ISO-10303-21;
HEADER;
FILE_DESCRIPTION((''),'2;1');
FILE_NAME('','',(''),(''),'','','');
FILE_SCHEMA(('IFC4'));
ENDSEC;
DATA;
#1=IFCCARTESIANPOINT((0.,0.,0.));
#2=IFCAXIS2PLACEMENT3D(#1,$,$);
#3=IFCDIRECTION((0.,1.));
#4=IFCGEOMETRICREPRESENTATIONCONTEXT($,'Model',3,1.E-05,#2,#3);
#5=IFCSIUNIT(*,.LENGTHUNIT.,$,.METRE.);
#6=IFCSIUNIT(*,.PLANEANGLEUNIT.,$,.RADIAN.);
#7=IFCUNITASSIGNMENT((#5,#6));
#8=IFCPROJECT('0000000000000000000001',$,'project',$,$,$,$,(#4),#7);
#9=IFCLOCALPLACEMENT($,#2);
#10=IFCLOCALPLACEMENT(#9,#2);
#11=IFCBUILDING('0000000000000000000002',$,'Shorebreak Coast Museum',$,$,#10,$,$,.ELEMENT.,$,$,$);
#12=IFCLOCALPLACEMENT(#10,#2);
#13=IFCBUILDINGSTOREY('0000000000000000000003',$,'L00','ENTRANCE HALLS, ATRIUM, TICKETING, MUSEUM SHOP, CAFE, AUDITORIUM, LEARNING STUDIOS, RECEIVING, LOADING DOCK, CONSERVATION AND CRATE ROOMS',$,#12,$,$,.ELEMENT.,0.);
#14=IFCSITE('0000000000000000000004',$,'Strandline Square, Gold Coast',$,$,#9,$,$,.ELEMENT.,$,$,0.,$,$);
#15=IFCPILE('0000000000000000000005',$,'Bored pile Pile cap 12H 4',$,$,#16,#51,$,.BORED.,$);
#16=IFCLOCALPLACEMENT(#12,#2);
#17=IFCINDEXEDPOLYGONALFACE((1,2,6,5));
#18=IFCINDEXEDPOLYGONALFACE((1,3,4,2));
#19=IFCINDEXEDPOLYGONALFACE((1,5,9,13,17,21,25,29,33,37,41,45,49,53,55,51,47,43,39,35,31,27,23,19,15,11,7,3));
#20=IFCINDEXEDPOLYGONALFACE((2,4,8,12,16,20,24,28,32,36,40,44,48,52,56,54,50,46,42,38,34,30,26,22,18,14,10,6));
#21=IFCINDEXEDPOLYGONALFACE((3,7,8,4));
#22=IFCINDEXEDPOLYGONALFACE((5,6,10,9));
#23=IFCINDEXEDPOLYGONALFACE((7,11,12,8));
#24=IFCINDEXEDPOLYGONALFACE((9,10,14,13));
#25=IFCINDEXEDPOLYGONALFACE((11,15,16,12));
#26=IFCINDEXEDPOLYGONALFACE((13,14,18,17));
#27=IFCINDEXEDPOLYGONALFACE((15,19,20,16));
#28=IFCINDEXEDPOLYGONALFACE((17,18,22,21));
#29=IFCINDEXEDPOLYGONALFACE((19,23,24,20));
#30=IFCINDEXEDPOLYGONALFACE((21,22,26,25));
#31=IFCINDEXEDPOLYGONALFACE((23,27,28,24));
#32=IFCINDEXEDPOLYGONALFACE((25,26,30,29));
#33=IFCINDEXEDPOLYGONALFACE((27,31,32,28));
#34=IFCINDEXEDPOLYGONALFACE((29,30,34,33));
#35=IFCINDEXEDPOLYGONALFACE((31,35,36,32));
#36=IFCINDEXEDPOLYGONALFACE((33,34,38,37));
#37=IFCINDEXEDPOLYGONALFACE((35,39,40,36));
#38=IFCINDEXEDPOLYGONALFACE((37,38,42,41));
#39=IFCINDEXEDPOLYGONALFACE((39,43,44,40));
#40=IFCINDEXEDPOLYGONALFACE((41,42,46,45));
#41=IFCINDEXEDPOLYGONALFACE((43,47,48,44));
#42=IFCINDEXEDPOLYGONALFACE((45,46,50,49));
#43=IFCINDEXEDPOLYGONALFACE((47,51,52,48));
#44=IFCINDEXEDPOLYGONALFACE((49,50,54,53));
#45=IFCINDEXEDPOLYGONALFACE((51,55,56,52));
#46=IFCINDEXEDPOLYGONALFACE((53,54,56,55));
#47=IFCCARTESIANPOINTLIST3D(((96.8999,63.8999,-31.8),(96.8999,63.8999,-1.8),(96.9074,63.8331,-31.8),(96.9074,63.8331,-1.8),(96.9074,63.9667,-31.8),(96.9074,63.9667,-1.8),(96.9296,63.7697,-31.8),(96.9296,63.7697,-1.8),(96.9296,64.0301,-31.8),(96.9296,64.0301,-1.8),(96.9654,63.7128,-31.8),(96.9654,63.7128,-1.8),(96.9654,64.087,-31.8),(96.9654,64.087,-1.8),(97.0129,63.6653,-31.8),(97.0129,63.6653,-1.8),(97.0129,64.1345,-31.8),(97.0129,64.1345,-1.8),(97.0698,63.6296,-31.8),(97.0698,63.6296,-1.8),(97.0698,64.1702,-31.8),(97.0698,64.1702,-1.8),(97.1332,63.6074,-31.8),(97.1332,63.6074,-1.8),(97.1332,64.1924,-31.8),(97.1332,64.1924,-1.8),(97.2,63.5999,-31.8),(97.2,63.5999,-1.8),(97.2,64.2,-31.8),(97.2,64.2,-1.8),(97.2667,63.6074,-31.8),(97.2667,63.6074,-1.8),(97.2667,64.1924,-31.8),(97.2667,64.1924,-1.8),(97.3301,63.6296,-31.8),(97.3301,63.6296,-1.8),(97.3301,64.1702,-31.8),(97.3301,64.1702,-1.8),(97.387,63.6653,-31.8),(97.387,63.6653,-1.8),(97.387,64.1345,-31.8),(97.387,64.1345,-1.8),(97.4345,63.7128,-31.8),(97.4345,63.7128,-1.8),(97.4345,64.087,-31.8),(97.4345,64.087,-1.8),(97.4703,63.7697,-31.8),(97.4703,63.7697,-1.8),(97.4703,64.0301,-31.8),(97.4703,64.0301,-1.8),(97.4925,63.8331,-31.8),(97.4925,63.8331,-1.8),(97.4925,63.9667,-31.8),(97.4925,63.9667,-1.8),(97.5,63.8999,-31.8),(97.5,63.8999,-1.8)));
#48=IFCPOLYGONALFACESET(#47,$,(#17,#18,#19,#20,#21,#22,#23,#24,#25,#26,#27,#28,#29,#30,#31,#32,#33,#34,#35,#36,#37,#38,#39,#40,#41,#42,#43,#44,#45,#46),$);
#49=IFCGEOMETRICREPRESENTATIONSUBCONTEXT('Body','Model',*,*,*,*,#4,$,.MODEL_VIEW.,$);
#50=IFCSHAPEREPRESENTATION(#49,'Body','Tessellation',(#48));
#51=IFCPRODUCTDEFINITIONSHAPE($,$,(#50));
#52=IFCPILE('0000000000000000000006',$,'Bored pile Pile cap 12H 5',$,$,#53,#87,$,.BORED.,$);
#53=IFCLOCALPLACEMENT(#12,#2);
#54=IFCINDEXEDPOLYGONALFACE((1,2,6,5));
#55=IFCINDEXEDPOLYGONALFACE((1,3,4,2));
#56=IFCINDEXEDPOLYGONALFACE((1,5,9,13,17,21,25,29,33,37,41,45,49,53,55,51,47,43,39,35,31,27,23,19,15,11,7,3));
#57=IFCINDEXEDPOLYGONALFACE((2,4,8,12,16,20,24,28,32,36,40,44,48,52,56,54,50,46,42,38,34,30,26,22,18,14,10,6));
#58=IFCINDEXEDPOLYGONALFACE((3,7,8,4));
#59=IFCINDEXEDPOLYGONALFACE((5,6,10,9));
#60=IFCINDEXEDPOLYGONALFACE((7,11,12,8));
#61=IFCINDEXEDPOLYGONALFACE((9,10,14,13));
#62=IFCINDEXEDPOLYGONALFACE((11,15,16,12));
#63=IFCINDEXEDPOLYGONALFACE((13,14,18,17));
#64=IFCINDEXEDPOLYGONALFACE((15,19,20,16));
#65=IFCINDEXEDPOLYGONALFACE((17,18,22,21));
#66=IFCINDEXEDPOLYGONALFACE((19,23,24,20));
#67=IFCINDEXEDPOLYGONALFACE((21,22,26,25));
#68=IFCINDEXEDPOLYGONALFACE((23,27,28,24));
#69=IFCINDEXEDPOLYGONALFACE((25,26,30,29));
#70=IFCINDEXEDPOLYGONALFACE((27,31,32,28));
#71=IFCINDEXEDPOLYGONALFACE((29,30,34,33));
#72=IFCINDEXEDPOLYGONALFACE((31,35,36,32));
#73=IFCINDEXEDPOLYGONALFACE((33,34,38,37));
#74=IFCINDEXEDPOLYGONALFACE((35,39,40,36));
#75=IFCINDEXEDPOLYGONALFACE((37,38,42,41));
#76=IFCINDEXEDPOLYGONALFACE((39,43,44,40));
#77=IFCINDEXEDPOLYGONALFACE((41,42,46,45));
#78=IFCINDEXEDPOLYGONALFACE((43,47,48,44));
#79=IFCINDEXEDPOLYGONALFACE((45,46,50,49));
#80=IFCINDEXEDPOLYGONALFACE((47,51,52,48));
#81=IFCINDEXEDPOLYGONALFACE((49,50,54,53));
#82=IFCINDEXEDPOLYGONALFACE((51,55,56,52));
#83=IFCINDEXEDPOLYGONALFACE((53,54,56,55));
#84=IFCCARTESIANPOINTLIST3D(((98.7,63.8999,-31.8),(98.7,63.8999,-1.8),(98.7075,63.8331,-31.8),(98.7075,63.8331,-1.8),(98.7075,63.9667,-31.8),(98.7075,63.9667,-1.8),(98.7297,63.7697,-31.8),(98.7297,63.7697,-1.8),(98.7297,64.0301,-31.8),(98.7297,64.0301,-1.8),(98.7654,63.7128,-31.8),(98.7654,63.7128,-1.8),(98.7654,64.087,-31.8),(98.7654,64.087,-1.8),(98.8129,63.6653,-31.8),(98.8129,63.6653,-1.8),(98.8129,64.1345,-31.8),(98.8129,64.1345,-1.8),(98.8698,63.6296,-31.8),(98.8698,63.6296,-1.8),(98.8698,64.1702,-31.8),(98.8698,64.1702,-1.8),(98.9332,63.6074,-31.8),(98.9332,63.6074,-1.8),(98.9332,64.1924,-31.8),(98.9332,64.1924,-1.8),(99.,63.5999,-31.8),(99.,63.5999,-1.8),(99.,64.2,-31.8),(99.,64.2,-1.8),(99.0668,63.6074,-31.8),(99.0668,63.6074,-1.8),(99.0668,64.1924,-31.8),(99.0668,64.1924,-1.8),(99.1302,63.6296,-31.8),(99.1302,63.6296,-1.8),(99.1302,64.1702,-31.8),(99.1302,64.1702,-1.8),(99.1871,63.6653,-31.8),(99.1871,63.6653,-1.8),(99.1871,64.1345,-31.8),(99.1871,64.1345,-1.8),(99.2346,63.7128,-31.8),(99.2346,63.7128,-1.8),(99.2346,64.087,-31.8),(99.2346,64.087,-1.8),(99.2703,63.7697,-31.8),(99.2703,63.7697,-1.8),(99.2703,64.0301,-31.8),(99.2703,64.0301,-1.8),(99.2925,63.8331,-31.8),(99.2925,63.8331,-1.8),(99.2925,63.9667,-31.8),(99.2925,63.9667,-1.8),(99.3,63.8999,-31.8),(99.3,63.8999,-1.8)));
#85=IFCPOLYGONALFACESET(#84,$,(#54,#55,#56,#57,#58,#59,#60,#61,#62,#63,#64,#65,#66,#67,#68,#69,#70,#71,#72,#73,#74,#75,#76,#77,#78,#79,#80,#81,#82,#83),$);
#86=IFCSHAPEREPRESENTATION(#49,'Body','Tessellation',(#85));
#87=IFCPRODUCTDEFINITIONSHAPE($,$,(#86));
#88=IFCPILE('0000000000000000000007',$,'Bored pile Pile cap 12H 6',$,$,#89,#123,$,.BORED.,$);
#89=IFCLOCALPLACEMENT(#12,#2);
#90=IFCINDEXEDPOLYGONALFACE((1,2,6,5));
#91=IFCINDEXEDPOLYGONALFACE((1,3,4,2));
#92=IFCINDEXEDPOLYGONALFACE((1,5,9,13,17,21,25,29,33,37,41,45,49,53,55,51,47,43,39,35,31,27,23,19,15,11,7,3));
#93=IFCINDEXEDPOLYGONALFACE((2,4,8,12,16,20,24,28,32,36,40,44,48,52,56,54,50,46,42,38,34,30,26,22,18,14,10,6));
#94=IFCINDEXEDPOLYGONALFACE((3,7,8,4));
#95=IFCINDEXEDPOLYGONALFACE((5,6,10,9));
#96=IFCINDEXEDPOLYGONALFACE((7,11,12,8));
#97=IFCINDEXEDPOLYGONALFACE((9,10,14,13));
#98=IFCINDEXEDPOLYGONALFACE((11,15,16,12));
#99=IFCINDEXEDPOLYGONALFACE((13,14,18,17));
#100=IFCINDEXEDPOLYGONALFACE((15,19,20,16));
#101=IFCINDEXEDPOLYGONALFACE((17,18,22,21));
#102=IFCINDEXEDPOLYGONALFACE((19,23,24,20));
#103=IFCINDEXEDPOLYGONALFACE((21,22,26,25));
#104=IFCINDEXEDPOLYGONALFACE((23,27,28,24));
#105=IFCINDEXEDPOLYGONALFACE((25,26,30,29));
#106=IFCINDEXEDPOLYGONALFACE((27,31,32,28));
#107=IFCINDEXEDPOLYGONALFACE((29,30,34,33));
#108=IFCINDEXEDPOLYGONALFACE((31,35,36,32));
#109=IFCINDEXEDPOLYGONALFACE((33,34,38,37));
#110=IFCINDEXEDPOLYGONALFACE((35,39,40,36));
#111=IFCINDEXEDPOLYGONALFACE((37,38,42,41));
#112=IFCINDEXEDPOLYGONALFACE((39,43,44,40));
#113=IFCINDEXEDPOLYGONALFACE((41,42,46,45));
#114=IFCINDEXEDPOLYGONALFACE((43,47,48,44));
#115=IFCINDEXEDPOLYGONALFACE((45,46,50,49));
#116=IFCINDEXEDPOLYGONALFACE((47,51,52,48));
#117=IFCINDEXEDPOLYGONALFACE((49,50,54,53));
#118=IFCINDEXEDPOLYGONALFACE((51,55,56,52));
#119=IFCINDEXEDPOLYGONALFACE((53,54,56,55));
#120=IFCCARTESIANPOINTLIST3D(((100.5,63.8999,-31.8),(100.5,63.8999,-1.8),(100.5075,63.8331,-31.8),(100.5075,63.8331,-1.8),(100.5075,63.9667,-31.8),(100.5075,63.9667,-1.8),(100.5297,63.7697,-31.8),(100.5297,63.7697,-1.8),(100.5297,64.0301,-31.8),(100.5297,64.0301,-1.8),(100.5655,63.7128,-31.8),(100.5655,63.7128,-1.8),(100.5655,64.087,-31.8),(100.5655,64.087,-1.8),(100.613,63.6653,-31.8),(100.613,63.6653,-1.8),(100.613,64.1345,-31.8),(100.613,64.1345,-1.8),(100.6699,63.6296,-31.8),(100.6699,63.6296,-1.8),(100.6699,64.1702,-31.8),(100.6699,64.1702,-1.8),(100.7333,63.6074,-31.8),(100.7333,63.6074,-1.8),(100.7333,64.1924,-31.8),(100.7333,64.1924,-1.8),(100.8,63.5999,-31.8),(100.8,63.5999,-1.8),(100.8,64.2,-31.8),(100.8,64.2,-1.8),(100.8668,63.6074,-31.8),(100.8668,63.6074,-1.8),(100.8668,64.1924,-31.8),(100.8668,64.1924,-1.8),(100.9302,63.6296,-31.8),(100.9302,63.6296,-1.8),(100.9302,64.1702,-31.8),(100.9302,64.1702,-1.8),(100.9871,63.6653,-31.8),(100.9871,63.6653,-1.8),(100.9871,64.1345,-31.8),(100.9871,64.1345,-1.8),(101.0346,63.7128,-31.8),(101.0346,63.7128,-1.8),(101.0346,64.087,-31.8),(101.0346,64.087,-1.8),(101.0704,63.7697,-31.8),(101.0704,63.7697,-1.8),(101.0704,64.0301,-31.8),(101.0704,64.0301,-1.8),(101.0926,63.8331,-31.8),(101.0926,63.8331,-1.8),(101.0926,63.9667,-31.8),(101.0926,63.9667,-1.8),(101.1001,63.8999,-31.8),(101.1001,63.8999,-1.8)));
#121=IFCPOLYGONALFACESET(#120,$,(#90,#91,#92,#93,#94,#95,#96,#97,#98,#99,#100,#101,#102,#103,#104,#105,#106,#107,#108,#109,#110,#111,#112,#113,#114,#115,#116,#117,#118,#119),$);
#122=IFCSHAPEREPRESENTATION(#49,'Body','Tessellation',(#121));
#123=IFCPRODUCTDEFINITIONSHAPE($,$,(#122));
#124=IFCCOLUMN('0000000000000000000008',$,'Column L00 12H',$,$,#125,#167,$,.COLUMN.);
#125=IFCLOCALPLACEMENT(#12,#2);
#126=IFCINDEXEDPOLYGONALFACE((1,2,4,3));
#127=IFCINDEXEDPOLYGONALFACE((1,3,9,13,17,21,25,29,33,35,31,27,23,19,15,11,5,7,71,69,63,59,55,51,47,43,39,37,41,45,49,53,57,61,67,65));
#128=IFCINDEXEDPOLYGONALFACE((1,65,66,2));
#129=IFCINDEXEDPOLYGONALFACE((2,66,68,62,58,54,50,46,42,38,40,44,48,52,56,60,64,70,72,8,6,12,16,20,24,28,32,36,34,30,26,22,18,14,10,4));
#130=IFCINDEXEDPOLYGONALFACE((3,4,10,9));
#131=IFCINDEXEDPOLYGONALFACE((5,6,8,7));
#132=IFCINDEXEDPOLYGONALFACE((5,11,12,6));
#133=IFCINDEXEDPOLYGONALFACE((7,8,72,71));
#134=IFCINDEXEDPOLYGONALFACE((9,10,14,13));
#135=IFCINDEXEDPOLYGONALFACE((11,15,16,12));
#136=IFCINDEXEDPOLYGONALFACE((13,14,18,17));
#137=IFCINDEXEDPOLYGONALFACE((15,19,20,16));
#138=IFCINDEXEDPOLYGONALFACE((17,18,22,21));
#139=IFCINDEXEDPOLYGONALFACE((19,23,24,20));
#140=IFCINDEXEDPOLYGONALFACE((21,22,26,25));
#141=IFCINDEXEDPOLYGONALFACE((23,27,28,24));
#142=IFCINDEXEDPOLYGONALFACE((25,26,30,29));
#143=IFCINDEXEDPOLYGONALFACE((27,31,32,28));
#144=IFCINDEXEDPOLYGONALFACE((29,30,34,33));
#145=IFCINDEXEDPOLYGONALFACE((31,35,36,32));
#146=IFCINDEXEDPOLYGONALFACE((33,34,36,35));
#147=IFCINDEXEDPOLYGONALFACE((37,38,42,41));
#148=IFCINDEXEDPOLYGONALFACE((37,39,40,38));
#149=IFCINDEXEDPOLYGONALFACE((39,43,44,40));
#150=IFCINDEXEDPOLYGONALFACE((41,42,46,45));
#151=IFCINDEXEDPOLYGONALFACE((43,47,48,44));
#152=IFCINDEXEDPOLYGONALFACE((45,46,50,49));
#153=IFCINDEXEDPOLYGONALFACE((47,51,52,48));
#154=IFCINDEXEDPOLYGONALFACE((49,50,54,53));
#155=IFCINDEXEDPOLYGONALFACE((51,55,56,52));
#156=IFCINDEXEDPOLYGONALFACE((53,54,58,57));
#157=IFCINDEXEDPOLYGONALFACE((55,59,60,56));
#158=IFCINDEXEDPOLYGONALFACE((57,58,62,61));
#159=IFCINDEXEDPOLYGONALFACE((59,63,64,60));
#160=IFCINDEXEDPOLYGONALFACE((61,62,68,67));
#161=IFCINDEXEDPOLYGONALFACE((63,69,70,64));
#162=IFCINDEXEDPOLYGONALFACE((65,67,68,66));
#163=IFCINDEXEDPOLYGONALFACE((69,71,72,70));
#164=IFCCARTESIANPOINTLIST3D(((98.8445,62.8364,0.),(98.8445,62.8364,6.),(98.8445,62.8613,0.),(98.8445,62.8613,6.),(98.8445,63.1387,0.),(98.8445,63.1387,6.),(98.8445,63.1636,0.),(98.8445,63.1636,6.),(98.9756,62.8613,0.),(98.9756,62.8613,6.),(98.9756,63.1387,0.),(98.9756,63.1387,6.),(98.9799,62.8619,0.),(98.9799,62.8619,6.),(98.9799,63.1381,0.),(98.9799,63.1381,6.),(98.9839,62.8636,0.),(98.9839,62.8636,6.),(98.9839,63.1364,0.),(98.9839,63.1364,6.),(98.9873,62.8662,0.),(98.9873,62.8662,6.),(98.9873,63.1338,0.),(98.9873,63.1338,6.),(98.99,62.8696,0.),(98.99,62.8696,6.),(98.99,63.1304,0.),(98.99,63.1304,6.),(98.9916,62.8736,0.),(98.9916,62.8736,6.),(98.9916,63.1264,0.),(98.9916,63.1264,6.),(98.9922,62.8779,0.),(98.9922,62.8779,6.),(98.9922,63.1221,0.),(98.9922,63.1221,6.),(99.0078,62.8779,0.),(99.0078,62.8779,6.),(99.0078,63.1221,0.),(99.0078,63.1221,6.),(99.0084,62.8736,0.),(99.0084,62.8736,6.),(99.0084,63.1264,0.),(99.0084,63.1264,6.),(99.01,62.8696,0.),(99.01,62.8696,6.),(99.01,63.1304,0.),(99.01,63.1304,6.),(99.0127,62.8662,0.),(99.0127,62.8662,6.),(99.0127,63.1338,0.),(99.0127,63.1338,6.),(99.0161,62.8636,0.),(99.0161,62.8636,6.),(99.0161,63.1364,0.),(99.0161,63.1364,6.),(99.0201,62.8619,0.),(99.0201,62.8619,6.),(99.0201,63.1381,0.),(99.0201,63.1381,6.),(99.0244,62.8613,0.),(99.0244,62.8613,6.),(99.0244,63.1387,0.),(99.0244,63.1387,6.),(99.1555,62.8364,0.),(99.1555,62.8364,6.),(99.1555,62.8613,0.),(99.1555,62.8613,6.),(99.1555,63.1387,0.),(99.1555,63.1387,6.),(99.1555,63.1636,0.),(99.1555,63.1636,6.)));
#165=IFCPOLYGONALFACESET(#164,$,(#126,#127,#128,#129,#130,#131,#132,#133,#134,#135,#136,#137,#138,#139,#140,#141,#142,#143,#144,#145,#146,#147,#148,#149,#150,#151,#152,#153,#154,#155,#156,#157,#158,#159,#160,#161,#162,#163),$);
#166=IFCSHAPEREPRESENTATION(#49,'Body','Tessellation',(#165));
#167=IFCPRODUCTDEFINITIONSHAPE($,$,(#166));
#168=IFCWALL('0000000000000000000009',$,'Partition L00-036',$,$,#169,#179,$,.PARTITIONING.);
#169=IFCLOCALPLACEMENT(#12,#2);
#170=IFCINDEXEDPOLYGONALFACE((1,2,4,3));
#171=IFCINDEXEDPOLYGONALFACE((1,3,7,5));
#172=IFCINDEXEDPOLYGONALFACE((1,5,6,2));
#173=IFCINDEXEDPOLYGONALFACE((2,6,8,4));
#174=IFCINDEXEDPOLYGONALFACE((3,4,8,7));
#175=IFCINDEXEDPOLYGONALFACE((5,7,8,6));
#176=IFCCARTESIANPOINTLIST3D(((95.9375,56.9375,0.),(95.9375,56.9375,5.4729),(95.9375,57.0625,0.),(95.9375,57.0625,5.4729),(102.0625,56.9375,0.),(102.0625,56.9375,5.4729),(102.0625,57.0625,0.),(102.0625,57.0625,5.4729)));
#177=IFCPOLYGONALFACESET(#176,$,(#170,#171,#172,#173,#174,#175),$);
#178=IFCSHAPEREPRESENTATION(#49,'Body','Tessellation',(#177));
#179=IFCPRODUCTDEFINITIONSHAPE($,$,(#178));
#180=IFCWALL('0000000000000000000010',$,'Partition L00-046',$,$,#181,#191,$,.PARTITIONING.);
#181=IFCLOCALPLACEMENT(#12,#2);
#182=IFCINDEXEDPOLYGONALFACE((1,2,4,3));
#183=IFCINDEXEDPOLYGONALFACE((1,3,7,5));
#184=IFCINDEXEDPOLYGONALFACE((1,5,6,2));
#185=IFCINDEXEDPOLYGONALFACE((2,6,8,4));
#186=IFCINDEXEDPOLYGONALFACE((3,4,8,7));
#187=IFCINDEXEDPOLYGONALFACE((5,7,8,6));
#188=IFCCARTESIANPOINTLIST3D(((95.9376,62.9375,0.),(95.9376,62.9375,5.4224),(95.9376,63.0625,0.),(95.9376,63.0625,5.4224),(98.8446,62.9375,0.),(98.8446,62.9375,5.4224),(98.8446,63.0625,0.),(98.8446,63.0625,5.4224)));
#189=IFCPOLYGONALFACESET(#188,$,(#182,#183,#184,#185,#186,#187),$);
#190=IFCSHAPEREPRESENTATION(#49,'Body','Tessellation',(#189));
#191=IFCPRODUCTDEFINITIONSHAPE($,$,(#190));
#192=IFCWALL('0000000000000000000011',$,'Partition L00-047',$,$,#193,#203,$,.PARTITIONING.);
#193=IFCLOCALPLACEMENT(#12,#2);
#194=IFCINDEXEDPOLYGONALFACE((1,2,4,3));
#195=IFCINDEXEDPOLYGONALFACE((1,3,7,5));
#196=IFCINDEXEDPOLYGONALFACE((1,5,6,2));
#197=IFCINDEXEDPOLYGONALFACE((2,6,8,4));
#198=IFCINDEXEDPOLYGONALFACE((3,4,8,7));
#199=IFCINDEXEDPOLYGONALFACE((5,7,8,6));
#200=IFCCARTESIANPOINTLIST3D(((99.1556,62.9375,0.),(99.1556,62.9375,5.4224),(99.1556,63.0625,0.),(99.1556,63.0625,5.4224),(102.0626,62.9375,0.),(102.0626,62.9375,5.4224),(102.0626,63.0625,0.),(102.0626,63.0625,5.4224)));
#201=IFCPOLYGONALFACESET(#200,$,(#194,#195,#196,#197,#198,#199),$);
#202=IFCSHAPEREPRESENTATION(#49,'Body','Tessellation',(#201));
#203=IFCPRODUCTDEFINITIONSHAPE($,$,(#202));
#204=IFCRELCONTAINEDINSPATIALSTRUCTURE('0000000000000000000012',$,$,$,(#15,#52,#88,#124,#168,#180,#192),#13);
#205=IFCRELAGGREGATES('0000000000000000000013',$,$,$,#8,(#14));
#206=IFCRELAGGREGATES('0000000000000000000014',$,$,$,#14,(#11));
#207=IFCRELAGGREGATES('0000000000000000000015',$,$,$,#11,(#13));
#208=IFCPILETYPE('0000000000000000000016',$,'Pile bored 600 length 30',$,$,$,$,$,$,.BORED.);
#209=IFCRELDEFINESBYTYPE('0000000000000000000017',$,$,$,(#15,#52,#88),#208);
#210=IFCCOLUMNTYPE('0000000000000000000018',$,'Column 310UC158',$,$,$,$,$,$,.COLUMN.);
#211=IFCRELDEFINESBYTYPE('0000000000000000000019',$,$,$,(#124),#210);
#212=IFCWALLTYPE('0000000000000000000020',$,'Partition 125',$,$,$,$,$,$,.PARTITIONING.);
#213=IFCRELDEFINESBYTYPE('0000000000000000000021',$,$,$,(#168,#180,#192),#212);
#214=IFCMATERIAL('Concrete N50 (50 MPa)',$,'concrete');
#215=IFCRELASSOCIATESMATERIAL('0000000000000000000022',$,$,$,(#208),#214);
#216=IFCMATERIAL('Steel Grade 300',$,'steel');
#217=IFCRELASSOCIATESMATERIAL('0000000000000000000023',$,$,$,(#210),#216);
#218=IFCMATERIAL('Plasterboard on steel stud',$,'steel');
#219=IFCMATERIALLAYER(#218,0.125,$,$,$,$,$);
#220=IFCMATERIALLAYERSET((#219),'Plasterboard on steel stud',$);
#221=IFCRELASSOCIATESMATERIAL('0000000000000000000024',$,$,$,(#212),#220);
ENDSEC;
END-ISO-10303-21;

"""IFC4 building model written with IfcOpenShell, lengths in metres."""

from ifc_helpers import new_model, si_unit, direction, frame, frame_2d, origin, origin_2d, place, context, subcontext, project, spatial, rectangle, circle, i_section, extrude, material, layer, layer_set, material_profile, profile_set, type_object, element, save


model = new_model("IFC4")

# Units and contexts
model_context = context("Model", 3, precision=1e-05, world=origin(), true_north=direction((0.0, 1.0)))
body_context = subcontext(model_context, "Body", "Model", "MODEL_VIEW")
ifc_project = project(units=[si_unit("LENGTHUNIT", "METRE"), si_unit("PLANEANGLEUNIT", "RADIAN")], contexts=[model_context])

# Site, building, storey
site_placement = place(None, origin())
site = spatial("IfcSite", under=ifc_project, at=site_placement, Name="Strandline Square, Gold Coast", CompositionType="ELEMENT", RefElevation=0.0)
building_placement = place(site_placement, origin())
building = spatial("IfcBuilding", under=site, at=building_placement, Name="Shorebreak Coast Museum", CompositionType="ELEMENT")
storey_placement = place(building_placement, origin())
storey = spatial("IfcBuildingStorey", under=building, at=storey_placement, Name="L00", Description="ENTRANCE HALLS, ATRIUM, TICKETING, MUSEUM SHOP, CAFE, AUDITORIUM, LEARNING STUDIOS, RECEIVING, LOADING DOCK, CONSERVATION AND CRATE ROOMS", CompositionType="ELEMENT", Elevation=0.0)

# Piles
ifc_material_1 = material(Name="Concrete N50 (50 MPa)", Category="concrete")
ifc_material_profile_1 = material_profile(ifc_material_1, circle(Radius=0.3, at=origin_2d()), Name="Pile bored 600 length 30")
ifc_profile_set_1 = profile_set([ifc_material_profile_1], Name="Concrete N50 (50 MPa)")
pile_type_1 = type_object("IfcPileType", Name="Pile bored 600 length 30", PredefinedType="BORED", material=ifc_profile_set_1)
for number, where, z_axis, x_axis, name in (
    (1, (97.2, 63.8999, -1.8), (0.0, 0.0, -1.0), (1.0, 0.0, 0.0), "Bored pile Pile cap 12H 4"),
    (2, (99.0, 63.8999, -1.8), (0.0, 0.0, -1.0), (1.0, 0.0, 0.0), "Bored pile Pile cap 12H 5"),
    (3, (100.8, 63.8999, -1.8), (0.0, 0.0, -1.0), (1.0, 0.0, 0.0), "Bored pile Pile cap 12H 6"),
):
    element("IfcPile", number, at=place(storey_placement, frame(where, z_axis=z_axis, x_axis=x_axis)), inside=storey, type_object=pile_type_1, Name=name, PredefinedType="BORED", context=body_context, shape_type="SweptSolid", body=[
        extrude(circle(Radius=0.3, at=origin_2d()), origin(), (0.0, 0.0, 1.0), 30.0),
    ])

# Column
ifc_material_2 = material(Name="Steel Grade 300", Category="steel")
ifc_material_profile_2 = material_profile(ifc_material_2, i_section(OverallWidth=0.311, OverallDepth=0.3271, WebThickness=0.0156, FlangeThickness=0.0249, FilletRadius=0.0166, at=origin_2d()), Name="310UC158")
ifc_profile_set_2 = profile_set([ifc_material_profile_2], Name="Steel Grade 300")
column_type = type_object("IfcColumnType", Name="Column 310UC158", PredefinedType="COLUMN", material=ifc_profile_set_2)
column_placement = place(storey_placement, frame((99.0, 63.0, 0.0), z_axis=(0.0, 0.0, 1.0), x_axis=(1.0, 0.0, 0.0)))
element("IfcColumn", 4, at=column_placement, inside=storey, type_object=column_type, Name="Column L00 12H", PredefinedType="COLUMN", context=body_context, shape_type="SweptSolid", body=[
    extrude(i_section(OverallWidth=0.311, OverallDepth=0.3271, WebThickness=0.0156, FlangeThickness=0.0249, FilletRadius=0.0166, at=origin_2d()), origin(), (0.0, 0.0, 1.0), 6.0),
])

# Walls
ifc_material_3 = material(Name="Plasterboard on steel stud", Category="steel")
ifc_layer_1 = layer(ifc_material_3, 0.125)
ifc_layer_set_1 = layer_set([ifc_layer_1], Name="Plasterboard on steel stud")
wall_type_1 = type_object("IfcWallType", Name="Partition 125", PredefinedType="PARTITIONING", material=ifc_layer_set_1)
wall_1_placement = place(storey_placement, frame((95.9375, 57.0, 0.0), z_axis=(0.0, 0.0, 1.0), x_axis=(1.0, 0.0, 0.0)))
element("IfcWall", 5, at=wall_1_placement, inside=storey, type_object=wall_type_1, Name="Partition L00-036", PredefinedType="PARTITIONING", context=body_context, shape_type="SweptSolid", body=[
    extrude(rectangle(XDim=6.125, YDim=0.125, at=frame_2d((3.0625, 0.0))), origin(), (0.0, 0.0, 1.0), 5.4729),
])
for number, where, z_axis, x_axis, name in (
    (6, (95.9375, 63.0, 0.0), (0.0, 0.0, 1.0), (1.0, 0.0, 0.0), "Partition L00-046"),
    (7, (99.1555, 63.0, 0.0), (0.0, 0.0, 1.0), (1.0, 0.0, 0.0), "Partition L00-047"),
):
    element("IfcWall", number, at=place(storey_placement, frame(where, z_axis=z_axis, x_axis=x_axis)), inside=storey, type_object=wall_type_1, Name=name, PredefinedType="PARTITIONING", context=body_context, shape_type="SweptSolid", body=[
        extrude(rectangle(XDim=2.907, YDim=0.125, at=frame_2d((1.4536, 0.0))), origin(), (0.0, 0.0, 1.0), 5.4224),
    ])

save(model, "model.ifc")
